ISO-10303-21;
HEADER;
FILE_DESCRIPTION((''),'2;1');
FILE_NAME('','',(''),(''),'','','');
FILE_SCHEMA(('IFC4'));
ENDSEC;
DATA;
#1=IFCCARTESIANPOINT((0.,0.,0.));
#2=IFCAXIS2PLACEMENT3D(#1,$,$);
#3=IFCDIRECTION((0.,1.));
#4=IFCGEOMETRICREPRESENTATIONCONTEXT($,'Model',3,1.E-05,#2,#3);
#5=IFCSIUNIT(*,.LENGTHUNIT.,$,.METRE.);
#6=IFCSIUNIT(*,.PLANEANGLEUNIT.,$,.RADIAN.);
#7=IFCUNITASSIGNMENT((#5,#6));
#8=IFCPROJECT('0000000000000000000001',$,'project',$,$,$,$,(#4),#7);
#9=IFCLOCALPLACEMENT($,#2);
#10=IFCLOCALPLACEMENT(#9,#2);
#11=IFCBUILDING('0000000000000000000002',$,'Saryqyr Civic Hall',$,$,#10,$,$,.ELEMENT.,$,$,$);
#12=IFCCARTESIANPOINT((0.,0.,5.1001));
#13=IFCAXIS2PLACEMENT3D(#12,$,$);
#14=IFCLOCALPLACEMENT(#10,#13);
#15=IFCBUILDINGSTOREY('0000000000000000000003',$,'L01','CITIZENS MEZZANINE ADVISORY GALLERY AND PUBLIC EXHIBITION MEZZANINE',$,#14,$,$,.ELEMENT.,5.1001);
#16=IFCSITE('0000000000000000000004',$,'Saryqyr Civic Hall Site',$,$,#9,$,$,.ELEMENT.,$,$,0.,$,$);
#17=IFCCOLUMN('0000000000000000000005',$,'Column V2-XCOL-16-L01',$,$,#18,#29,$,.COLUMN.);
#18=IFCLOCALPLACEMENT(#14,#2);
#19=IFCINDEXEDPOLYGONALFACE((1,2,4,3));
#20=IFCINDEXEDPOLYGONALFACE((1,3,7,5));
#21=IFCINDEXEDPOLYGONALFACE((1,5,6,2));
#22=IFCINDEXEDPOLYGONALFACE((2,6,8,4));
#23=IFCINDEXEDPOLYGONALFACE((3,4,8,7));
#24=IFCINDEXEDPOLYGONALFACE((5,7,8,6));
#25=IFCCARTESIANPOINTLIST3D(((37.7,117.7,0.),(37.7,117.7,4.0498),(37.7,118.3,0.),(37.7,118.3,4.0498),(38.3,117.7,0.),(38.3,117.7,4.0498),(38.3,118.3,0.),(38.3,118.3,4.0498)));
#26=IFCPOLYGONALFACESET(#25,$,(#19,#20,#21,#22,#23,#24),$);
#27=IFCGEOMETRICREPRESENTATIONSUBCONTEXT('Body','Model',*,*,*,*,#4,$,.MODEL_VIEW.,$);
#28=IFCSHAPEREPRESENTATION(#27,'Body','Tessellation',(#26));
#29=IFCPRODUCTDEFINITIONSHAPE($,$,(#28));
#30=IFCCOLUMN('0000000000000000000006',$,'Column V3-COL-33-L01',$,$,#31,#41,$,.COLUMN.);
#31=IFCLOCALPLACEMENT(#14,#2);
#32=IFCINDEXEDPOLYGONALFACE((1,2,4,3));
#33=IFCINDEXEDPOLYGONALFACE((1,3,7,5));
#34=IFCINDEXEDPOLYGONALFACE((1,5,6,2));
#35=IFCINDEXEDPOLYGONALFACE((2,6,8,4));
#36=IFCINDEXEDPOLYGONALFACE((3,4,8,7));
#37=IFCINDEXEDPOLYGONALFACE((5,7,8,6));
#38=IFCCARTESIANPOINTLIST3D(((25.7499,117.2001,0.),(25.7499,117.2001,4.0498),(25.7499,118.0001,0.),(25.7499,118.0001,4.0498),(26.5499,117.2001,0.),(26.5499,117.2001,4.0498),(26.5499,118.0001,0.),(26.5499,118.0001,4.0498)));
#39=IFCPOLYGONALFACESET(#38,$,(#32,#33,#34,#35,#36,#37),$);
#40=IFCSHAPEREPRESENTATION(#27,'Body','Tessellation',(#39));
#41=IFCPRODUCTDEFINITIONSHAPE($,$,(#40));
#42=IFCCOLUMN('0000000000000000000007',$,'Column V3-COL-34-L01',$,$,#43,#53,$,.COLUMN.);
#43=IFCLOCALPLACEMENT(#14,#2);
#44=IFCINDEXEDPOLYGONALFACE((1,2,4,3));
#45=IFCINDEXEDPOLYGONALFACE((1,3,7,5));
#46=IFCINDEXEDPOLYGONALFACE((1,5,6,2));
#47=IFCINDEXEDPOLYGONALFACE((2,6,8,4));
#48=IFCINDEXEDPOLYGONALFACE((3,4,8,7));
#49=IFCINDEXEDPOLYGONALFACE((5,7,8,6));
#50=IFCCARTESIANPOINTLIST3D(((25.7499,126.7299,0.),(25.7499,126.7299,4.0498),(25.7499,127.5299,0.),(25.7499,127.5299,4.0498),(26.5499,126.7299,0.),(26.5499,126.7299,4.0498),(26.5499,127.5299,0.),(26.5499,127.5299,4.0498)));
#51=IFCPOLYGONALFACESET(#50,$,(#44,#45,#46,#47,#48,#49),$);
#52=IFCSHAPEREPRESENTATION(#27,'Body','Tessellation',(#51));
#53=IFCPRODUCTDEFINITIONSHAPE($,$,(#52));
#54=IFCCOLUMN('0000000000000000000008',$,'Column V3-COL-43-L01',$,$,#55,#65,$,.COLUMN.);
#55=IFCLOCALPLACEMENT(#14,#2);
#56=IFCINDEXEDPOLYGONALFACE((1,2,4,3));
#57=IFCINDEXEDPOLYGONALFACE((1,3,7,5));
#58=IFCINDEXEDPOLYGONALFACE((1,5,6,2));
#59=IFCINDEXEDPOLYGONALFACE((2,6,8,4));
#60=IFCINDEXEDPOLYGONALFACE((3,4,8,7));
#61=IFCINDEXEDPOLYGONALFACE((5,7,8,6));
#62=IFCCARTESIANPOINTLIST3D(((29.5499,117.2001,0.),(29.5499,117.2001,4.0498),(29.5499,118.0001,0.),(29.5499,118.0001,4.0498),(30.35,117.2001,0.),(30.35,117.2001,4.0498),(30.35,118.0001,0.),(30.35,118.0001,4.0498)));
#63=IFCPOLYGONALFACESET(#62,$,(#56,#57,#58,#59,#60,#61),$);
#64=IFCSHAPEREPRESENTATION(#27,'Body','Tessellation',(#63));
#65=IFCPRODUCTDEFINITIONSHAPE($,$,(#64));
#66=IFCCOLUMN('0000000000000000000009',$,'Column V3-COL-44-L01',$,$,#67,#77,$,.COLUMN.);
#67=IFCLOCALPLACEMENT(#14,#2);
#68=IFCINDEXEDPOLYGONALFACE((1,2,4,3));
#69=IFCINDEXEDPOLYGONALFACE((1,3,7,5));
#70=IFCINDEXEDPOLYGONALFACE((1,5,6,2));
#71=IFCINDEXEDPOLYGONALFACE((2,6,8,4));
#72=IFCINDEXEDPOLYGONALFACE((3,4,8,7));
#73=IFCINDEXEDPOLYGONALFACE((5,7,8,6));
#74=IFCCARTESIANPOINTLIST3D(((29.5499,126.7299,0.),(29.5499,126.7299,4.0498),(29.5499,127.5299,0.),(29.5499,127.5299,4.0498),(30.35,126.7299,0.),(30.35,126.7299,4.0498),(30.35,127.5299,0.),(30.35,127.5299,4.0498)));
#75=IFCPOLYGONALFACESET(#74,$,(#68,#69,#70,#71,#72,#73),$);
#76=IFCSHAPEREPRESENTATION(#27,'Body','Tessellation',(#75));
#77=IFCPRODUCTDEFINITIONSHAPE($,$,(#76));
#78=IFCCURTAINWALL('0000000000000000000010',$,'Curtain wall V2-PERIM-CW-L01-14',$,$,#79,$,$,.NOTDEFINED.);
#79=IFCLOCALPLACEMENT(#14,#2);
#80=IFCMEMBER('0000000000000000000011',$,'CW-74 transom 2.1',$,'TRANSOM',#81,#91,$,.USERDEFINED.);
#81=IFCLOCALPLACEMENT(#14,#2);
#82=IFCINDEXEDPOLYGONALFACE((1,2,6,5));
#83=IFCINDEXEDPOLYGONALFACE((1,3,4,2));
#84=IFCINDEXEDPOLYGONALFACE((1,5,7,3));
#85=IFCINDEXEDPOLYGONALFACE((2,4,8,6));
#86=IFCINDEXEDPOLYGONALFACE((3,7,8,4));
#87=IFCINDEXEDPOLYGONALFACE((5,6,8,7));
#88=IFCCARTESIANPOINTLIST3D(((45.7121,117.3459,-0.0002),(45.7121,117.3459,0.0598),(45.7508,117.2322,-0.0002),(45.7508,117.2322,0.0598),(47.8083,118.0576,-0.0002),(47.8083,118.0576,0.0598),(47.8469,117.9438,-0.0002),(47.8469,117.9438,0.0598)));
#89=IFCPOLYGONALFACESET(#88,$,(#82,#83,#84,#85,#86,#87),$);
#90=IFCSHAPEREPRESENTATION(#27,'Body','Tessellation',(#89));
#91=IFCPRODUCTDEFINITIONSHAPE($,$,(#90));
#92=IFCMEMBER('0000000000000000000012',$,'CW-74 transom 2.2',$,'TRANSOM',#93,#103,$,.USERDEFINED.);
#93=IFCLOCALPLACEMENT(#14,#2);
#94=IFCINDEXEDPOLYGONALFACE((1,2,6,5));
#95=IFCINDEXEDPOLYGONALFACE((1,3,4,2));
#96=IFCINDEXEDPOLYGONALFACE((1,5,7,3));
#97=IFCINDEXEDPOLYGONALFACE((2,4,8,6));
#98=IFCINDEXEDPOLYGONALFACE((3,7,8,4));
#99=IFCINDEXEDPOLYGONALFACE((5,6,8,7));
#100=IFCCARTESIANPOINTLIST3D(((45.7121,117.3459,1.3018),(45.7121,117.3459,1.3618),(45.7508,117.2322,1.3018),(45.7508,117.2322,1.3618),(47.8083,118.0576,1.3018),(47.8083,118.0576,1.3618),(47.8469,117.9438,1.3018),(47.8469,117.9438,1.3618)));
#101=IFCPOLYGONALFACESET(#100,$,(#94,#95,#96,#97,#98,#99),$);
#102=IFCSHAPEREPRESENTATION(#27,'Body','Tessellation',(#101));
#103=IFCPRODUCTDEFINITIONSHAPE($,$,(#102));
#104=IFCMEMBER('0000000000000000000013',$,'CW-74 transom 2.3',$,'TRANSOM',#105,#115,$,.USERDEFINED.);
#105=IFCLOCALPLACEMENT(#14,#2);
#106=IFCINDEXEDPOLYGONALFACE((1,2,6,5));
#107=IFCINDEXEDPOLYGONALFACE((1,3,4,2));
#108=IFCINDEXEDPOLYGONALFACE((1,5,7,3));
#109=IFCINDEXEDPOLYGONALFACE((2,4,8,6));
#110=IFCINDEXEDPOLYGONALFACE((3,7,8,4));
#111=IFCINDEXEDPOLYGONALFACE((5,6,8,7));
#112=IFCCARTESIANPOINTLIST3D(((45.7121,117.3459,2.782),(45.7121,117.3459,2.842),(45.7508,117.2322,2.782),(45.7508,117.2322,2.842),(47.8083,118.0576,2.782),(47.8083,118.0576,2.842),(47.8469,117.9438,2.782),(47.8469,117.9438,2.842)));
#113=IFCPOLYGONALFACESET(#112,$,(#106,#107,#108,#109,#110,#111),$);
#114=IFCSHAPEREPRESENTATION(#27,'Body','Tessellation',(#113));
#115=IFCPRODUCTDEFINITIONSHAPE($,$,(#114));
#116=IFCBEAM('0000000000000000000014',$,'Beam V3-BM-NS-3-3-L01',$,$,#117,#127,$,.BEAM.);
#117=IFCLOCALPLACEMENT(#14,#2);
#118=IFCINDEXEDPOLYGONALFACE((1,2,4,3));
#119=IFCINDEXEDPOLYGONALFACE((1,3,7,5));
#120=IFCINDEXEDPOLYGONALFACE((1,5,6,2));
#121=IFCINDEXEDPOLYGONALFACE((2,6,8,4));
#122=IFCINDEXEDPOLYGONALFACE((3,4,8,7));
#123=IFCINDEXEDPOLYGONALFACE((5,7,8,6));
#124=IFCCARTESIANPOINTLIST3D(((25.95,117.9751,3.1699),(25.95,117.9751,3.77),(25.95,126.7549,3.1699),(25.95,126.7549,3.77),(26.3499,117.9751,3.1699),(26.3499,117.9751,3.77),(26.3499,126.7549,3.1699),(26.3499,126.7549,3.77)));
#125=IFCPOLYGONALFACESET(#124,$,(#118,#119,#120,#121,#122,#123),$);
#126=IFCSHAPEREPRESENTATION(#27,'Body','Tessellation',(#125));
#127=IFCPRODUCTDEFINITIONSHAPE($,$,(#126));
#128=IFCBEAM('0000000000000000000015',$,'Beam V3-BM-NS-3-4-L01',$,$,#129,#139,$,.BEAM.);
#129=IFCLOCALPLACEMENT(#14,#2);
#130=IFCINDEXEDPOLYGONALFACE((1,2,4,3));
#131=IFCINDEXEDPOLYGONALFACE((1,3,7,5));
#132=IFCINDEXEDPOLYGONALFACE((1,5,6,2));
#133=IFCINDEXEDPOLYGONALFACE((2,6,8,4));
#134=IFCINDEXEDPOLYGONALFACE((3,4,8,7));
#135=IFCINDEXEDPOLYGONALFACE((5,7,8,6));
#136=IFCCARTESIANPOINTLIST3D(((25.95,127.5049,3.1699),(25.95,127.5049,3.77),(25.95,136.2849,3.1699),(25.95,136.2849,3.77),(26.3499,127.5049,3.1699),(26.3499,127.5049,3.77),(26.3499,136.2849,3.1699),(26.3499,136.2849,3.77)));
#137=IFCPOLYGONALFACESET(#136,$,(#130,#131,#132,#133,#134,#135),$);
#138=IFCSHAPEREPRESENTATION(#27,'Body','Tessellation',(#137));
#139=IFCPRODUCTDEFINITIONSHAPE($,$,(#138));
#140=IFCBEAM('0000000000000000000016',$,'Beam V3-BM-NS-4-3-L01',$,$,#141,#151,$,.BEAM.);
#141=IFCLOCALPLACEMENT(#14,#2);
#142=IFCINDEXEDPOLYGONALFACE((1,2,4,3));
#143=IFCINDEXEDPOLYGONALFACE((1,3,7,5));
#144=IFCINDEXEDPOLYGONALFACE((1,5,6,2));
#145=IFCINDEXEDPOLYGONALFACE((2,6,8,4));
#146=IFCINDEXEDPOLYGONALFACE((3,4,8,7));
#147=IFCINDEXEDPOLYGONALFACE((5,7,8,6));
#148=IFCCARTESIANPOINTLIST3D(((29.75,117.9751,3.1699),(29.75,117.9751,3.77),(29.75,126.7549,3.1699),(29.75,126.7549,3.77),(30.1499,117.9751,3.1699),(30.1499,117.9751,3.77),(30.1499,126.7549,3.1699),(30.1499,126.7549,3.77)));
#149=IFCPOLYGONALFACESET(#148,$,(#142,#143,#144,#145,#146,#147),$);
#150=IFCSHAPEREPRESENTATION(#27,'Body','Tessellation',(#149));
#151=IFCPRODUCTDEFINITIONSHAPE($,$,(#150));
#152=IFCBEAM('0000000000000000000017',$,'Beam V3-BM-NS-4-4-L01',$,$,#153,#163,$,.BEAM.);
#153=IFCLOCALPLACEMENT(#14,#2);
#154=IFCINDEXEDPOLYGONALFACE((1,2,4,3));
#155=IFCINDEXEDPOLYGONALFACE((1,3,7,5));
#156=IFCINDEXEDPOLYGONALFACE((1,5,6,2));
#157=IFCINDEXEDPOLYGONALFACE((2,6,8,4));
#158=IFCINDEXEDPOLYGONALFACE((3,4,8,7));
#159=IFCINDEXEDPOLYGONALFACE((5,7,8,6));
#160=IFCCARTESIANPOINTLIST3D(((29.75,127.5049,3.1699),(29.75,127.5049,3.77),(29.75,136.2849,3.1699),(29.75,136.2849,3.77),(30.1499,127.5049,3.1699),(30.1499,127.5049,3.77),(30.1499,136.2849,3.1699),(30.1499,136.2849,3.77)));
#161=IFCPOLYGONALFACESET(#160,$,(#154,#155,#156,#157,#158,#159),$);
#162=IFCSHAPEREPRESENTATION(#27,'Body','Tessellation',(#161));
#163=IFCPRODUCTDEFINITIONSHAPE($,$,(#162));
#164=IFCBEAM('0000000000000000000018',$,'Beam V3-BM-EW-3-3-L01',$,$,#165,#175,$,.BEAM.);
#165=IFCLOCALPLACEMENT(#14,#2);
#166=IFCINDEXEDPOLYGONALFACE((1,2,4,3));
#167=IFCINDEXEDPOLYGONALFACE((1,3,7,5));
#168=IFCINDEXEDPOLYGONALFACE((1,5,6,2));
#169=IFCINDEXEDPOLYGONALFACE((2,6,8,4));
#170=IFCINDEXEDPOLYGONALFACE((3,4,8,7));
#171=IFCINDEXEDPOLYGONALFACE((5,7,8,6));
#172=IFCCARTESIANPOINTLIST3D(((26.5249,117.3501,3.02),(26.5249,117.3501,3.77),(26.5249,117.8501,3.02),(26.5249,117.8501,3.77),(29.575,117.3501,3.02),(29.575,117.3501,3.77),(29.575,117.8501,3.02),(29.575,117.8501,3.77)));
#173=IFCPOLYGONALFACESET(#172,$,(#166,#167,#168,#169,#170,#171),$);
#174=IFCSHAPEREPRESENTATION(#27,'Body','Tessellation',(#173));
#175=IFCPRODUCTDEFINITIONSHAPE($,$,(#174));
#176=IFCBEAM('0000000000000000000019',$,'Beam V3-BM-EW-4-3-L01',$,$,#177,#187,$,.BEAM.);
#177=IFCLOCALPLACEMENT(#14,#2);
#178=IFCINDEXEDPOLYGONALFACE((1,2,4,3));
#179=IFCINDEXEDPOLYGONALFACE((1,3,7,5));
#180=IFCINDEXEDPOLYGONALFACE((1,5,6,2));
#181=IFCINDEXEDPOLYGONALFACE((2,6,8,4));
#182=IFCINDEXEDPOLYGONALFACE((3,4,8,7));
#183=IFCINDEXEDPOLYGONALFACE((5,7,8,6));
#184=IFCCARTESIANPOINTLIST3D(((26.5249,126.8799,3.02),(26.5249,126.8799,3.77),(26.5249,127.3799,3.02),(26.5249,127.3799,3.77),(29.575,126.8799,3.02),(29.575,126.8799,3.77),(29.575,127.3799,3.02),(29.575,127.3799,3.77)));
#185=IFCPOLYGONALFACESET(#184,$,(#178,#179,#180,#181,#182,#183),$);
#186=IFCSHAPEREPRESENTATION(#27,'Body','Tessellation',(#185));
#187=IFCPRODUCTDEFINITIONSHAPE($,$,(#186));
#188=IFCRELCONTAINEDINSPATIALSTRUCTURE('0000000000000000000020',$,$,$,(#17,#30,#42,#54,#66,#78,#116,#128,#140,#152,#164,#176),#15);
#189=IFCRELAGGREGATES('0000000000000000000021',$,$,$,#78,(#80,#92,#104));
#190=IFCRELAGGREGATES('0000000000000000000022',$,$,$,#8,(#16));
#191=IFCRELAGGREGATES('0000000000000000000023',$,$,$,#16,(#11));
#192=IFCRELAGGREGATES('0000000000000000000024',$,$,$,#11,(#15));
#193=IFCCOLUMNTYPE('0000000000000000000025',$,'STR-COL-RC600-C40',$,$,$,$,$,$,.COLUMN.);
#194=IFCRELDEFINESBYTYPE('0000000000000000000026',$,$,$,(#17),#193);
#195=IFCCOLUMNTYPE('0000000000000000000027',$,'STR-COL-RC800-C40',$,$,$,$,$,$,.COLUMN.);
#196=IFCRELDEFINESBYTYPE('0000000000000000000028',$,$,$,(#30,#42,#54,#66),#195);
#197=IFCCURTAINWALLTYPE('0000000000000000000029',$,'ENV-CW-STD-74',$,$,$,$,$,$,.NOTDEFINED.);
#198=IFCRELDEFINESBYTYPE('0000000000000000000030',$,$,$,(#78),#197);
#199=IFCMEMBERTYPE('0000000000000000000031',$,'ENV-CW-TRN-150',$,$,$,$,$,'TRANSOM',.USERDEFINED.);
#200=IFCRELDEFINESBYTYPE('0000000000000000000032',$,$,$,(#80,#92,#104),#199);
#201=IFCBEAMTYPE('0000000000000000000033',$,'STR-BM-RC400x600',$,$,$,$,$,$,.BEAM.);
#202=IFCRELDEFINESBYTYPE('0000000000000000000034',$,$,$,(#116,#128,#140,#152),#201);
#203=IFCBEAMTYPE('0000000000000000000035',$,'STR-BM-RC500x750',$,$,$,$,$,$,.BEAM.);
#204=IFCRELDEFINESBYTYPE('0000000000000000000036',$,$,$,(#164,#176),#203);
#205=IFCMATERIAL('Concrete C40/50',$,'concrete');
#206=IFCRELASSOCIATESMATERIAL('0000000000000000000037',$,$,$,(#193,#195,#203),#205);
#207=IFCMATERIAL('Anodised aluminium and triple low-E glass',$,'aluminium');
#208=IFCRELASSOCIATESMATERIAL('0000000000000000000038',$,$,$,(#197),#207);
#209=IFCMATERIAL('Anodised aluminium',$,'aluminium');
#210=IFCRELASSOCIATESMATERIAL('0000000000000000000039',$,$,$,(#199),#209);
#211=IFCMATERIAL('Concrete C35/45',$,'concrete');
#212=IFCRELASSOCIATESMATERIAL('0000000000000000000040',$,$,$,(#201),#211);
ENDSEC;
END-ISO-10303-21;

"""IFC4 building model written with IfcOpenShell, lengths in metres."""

from ifc_helpers import new_model, si_unit, direction, frame, origin, origin_2d, place, context, subcontext, project, spatial, rectangle, extrude, material, material_profile, profile_set, type_object, element, aggregate, save


model = new_model("IFC4")

# Units and contexts
model_context = context("Model", 3, precision=1e-05, world=origin(), true_north=direction((0.0, 1.0)))
body_context = subcontext(model_context, "Body", "Model", "MODEL_VIEW")
ifc_project = project(units=[si_unit("LENGTHUNIT", "METRE"), si_unit("PLANEANGLEUNIT", "RADIAN")], contexts=[model_context])

# Site, building, storey
site_placement = place(None, origin())
site = spatial("IfcSite", under=ifc_project, at=site_placement, Name="Saryqyr Civic Hall Site", CompositionType="ELEMENT", RefElevation=0.0)
building_placement = place(site_placement, origin())
building = spatial("IfcBuilding", under=site, at=building_placement, Name="Saryqyr Civic Hall", CompositionType="ELEMENT")
storey_placement = place(building_placement, frame((0.0, 0.0, 5.1001)))
storey = spatial("IfcBuildingStorey", under=building, at=storey_placement, Name="L01", Description="CITIZENS MEZZANINE ADVISORY GALLERY AND PUBLIC EXHIBITION MEZZANINE", CompositionType="ELEMENT", Elevation=5.1001)

# Columns
ifc_material_1 = material(Name="Concrete C40/50", Category="concrete")
ifc_material_profile_1 = material_profile(ifc_material_1, rectangle(XDim=0.6001, YDim=0.6001, at=origin_2d()), Name="RC 600x600")
ifc_profile_set_1 = profile_set([ifc_material_profile_1], Name="Concrete C40/50")
column_type_1 = type_object("IfcColumnType", Name="STR-COL-RC600-C40", PredefinedType="COLUMN", material=ifc_profile_set_1)
column_placement = place(storey_placement, frame((38.0, 118.0, 0.0), z_axis=(0.0, 0.0, 1.0), x_axis=(1.0, 0.0, 0.0)))
element("IfcColumn", 1, at=column_placement, inside=storey, type_object=column_type_1, Name="Column V2-XCOL-16-L01", PredefinedType="COLUMN", context=body_context, shape_type="SweptSolid", body=[
    extrude(rectangle(XDim=0.6001, YDim=0.6001, at=origin_2d()), origin(), (0.0, 0.0, 1.0), 4.0498),
])
ifc_material_profile_2 = material_profile(ifc_material_1, rectangle(XDim=0.8, YDim=0.8, at=origin_2d()), Name="RC 800x800")
ifc_profile_set_2 = profile_set([ifc_material_profile_2], Name="Concrete C40/50")
column_type_2 = type_object("IfcColumnType", Name="STR-COL-RC800-C40", PredefinedType="COLUMN", material=ifc_profile_set_2)
for number, where, z_axis, x_axis, name in (
    (2, (26.1499, 117.6001, 0.0), (0.0, 0.0, 1.0), (1.0, 0.0, 0.0), "Column V3-COL-33-L01"),
    (3, (26.1499, 127.1299, 0.0), (0.0, 0.0, 1.0), (1.0, 0.0, 0.0), "Column V3-COL-34-L01"),
    (4, (29.95, 117.6001, 0.0), (0.0, 0.0, 1.0), (1.0, 0.0, 0.0), "Column V3-COL-43-L01"),
    (5, (29.95, 127.1299, 0.0), (0.0, 0.0, 1.0), (1.0, 0.0, 0.0), "Column V3-COL-44-L01"),
):
    element("IfcColumn", number, at=place(storey_placement, frame(where, z_axis=z_axis, x_axis=x_axis)), inside=storey, type_object=column_type_2, Name=name, PredefinedType="COLUMN", context=body_context, shape_type="SweptSolid", body=[
        extrude(rectangle(XDim=0.8, YDim=0.8, at=origin_2d()), origin(), (0.0, 0.0, 1.0), 4.0498),
    ])

# Curtain wall, members
ifc_material_2 = material(Name="Anodised aluminium and triple low-E glass", Category="aluminium")
curtain_wall_type = type_object("IfcCurtainWallType", Name="ENV-CW-STD-74", PredefinedType="NOTDEFINED", material=ifc_material_2)
curtain_wall_placement = place(storey_placement, origin())
curtain_wall = element("IfcCurtainWall", 6, at=curtain_wall_placement, inside=storey, type_object=curtain_wall_type, Name="Curtain wall V2-PERIM-CW-L01-14", PredefinedType="NOTDEFINED")
ifc_material_3 = material(Name="Anodised aluminium", Category="aluminium")
ifc_material_profile_3 = material_profile(ifc_material_3, rectangle(XDim=0.1201, YDim=0.0601, at=origin_2d()), Name="ALU TRANSOM 120x60")
ifc_profile_set_3 = profile_set([ifc_material_profile_3], Name="Anodised aluminium")
member_type = type_object("IfcMemberType", Name="ENV-CW-TRN-150", ElementType="TRANSOM", PredefinedType="USERDEFINED", material=ifc_profile_set_3)
member_1_placement = place(storey_placement, frame((45.7314, 117.2891, 0.0298), z_axis=(0.946915, 0.321484, 0.0), x_axis=(-0.321484, 0.946915, 0.0)))
member_1 = element("IfcMember", 7, at=member_1_placement, type_object=member_type, Name="CW-74 transom 2.1", ObjectType="TRANSOM", PredefinedType="USERDEFINED", context=body_context, shape_type="SweptSolid", body=[
    extrude(rectangle(XDim=0.1201, YDim=0.0601, at=origin_2d()), origin(), (0.0, 0.0, 1.0), 2.2136),
])
member_2_placement = place(storey_placement, frame((45.7314, 117.2891, 1.3318), z_axis=(0.946915, 0.321484, 0.0), x_axis=(-0.321484, 0.946915, 0.0)))
member_2 = element("IfcMember", 8, at=member_2_placement, type_object=member_type, Name="CW-74 transom 2.2", ObjectType="TRANSOM", PredefinedType="USERDEFINED", context=body_context, shape_type="SweptSolid", body=[
    extrude(rectangle(XDim=0.1201, YDim=0.0601, at=origin_2d()), origin(), (0.0, 0.0, 1.0), 2.2136),
])
member_3_placement = place(storey_placement, frame((45.7314, 117.2891, 2.812), z_axis=(0.946915, 0.321484, 0.0), x_axis=(-0.321484, 0.946915, 0.0)))
member_3 = element("IfcMember", 9, at=member_3_placement, type_object=member_type, Name="CW-74 transom 2.3", ObjectType="TRANSOM", PredefinedType="USERDEFINED", context=body_context, shape_type="SweptSolid", body=[
    extrude(rectangle(XDim=0.1201, YDim=0.0601, at=origin_2d()), origin(), (0.0, 0.0, 1.0), 2.2136),
])
aggregate(curtain_wall, [member_1, member_2, member_3])

# Beams
ifc_material_4 = material(Name="Concrete C35/45", Category="concrete")
ifc_material_profile_4 = material_profile(ifc_material_4, rectangle(XDim=0.3999, YDim=0.6001, at=origin_2d()), Name="RC 400x600")
ifc_profile_set_4 = profile_set([ifc_material_profile_4], Name="Concrete C35/45")
beam_type_1 = type_object("IfcBeamType", Name="STR-BM-RC400x600", PredefinedType="BEAM", material=ifc_profile_set_4)
beam_1_placement = place(storey_placement, frame((26.1499, 117.9751, 3.47), z_axis=(0.0, 1.0, 0.0), x_axis=(-1.0, 0.0, 0.0)))
element("IfcBeam", 10, at=beam_1_placement, inside=storey, type_object=beam_type_1, Name="Beam V3-BM-NS-3-3-L01", PredefinedType="BEAM", context=body_context, shape_type="SweptSolid", body=[
    extrude(rectangle(XDim=0.3999, YDim=0.6001, at=origin_2d()), origin(), (0.0, 0.0, 1.0), 8.7798),
])
beam_2_placement = place(storey_placement, frame((26.1499, 127.5049, 3.47), z_axis=(0.0, 1.0, 0.0), x_axis=(-1.0, 0.0, 0.0)))
element("IfcBeam", 11, at=beam_2_placement, inside=storey, type_object=beam_type_1, Name="Beam V3-BM-NS-3-4-L01", PredefinedType="BEAM", context=body_context, shape_type="SweptSolid", body=[
    extrude(rectangle(XDim=0.3999, YDim=0.6001, at=origin_2d()), origin(), (0.0, 0.0, 1.0), 8.78),
])
beam_3_placement = place(storey_placement, frame((29.95, 117.9751, 3.47), z_axis=(0.0, 1.0, 0.0), x_axis=(-1.0, 0.0, 0.0)))
element("IfcBeam", 12, at=beam_3_placement, inside=storey, type_object=beam_type_1, Name="Beam V3-BM-NS-4-3-L01", PredefinedType="BEAM", context=body_context, shape_type="SweptSolid", body=[
    extrude(rectangle(XDim=0.3999, YDim=0.6001, at=origin_2d()), origin(), (0.0, 0.0, 1.0), 8.7798),
])
beam_4_placement = place(storey_placement, frame((29.95, 127.5049, 3.47), z_axis=(0.0, 1.0, 0.0), x_axis=(-1.0, 0.0, 0.0)))
element("IfcBeam", 13, at=beam_4_placement, inside=storey, type_object=beam_type_1, Name="Beam V3-BM-NS-4-4-L01", PredefinedType="BEAM", context=body_context, shape_type="SweptSolid", body=[
    extrude(rectangle(XDim=0.3999, YDim=0.6001, at=origin_2d()), origin(), (0.0, 0.0, 1.0), 8.78),
])
ifc_material_profile_5 = material_profile(ifc_material_1, rectangle(XDim=0.5, YDim=0.75, at=origin_2d()), Name="RC 500x750")
ifc_profile_set_5 = profile_set([ifc_material_profile_5], Name="Concrete C40/50")
beam_type_2 = type_object("IfcBeamType", Name="STR-BM-RC500x750", PredefinedType="BEAM", material=ifc_profile_set_5)
for number, where, z_axis, x_axis, name in (
    (14, (26.5249, 117.6001, 3.395), (1.0, 0.0, 0.0), (0.0, 1.0, 0.0), "Beam V3-BM-EW-3-3-L01"),
    (15, (26.5249, 127.1299, 3.395), (1.0, 0.0, 0.0), (0.0, 1.0, 0.0), "Beam V3-BM-EW-4-3-L01"),
):
    element("IfcBeam", number, at=place(storey_placement, frame(where, z_axis=z_axis, x_axis=x_axis)), inside=storey, type_object=beam_type_2, Name=name, PredefinedType="BEAM", context=body_context, shape_type="SweptSolid", body=[
        extrude(rectangle(XDim=0.5, YDim=0.75, at=origin_2d()), origin(), (0.0, 0.0, 1.0), 3.05),
    ])

save(model, "model.ifc")
